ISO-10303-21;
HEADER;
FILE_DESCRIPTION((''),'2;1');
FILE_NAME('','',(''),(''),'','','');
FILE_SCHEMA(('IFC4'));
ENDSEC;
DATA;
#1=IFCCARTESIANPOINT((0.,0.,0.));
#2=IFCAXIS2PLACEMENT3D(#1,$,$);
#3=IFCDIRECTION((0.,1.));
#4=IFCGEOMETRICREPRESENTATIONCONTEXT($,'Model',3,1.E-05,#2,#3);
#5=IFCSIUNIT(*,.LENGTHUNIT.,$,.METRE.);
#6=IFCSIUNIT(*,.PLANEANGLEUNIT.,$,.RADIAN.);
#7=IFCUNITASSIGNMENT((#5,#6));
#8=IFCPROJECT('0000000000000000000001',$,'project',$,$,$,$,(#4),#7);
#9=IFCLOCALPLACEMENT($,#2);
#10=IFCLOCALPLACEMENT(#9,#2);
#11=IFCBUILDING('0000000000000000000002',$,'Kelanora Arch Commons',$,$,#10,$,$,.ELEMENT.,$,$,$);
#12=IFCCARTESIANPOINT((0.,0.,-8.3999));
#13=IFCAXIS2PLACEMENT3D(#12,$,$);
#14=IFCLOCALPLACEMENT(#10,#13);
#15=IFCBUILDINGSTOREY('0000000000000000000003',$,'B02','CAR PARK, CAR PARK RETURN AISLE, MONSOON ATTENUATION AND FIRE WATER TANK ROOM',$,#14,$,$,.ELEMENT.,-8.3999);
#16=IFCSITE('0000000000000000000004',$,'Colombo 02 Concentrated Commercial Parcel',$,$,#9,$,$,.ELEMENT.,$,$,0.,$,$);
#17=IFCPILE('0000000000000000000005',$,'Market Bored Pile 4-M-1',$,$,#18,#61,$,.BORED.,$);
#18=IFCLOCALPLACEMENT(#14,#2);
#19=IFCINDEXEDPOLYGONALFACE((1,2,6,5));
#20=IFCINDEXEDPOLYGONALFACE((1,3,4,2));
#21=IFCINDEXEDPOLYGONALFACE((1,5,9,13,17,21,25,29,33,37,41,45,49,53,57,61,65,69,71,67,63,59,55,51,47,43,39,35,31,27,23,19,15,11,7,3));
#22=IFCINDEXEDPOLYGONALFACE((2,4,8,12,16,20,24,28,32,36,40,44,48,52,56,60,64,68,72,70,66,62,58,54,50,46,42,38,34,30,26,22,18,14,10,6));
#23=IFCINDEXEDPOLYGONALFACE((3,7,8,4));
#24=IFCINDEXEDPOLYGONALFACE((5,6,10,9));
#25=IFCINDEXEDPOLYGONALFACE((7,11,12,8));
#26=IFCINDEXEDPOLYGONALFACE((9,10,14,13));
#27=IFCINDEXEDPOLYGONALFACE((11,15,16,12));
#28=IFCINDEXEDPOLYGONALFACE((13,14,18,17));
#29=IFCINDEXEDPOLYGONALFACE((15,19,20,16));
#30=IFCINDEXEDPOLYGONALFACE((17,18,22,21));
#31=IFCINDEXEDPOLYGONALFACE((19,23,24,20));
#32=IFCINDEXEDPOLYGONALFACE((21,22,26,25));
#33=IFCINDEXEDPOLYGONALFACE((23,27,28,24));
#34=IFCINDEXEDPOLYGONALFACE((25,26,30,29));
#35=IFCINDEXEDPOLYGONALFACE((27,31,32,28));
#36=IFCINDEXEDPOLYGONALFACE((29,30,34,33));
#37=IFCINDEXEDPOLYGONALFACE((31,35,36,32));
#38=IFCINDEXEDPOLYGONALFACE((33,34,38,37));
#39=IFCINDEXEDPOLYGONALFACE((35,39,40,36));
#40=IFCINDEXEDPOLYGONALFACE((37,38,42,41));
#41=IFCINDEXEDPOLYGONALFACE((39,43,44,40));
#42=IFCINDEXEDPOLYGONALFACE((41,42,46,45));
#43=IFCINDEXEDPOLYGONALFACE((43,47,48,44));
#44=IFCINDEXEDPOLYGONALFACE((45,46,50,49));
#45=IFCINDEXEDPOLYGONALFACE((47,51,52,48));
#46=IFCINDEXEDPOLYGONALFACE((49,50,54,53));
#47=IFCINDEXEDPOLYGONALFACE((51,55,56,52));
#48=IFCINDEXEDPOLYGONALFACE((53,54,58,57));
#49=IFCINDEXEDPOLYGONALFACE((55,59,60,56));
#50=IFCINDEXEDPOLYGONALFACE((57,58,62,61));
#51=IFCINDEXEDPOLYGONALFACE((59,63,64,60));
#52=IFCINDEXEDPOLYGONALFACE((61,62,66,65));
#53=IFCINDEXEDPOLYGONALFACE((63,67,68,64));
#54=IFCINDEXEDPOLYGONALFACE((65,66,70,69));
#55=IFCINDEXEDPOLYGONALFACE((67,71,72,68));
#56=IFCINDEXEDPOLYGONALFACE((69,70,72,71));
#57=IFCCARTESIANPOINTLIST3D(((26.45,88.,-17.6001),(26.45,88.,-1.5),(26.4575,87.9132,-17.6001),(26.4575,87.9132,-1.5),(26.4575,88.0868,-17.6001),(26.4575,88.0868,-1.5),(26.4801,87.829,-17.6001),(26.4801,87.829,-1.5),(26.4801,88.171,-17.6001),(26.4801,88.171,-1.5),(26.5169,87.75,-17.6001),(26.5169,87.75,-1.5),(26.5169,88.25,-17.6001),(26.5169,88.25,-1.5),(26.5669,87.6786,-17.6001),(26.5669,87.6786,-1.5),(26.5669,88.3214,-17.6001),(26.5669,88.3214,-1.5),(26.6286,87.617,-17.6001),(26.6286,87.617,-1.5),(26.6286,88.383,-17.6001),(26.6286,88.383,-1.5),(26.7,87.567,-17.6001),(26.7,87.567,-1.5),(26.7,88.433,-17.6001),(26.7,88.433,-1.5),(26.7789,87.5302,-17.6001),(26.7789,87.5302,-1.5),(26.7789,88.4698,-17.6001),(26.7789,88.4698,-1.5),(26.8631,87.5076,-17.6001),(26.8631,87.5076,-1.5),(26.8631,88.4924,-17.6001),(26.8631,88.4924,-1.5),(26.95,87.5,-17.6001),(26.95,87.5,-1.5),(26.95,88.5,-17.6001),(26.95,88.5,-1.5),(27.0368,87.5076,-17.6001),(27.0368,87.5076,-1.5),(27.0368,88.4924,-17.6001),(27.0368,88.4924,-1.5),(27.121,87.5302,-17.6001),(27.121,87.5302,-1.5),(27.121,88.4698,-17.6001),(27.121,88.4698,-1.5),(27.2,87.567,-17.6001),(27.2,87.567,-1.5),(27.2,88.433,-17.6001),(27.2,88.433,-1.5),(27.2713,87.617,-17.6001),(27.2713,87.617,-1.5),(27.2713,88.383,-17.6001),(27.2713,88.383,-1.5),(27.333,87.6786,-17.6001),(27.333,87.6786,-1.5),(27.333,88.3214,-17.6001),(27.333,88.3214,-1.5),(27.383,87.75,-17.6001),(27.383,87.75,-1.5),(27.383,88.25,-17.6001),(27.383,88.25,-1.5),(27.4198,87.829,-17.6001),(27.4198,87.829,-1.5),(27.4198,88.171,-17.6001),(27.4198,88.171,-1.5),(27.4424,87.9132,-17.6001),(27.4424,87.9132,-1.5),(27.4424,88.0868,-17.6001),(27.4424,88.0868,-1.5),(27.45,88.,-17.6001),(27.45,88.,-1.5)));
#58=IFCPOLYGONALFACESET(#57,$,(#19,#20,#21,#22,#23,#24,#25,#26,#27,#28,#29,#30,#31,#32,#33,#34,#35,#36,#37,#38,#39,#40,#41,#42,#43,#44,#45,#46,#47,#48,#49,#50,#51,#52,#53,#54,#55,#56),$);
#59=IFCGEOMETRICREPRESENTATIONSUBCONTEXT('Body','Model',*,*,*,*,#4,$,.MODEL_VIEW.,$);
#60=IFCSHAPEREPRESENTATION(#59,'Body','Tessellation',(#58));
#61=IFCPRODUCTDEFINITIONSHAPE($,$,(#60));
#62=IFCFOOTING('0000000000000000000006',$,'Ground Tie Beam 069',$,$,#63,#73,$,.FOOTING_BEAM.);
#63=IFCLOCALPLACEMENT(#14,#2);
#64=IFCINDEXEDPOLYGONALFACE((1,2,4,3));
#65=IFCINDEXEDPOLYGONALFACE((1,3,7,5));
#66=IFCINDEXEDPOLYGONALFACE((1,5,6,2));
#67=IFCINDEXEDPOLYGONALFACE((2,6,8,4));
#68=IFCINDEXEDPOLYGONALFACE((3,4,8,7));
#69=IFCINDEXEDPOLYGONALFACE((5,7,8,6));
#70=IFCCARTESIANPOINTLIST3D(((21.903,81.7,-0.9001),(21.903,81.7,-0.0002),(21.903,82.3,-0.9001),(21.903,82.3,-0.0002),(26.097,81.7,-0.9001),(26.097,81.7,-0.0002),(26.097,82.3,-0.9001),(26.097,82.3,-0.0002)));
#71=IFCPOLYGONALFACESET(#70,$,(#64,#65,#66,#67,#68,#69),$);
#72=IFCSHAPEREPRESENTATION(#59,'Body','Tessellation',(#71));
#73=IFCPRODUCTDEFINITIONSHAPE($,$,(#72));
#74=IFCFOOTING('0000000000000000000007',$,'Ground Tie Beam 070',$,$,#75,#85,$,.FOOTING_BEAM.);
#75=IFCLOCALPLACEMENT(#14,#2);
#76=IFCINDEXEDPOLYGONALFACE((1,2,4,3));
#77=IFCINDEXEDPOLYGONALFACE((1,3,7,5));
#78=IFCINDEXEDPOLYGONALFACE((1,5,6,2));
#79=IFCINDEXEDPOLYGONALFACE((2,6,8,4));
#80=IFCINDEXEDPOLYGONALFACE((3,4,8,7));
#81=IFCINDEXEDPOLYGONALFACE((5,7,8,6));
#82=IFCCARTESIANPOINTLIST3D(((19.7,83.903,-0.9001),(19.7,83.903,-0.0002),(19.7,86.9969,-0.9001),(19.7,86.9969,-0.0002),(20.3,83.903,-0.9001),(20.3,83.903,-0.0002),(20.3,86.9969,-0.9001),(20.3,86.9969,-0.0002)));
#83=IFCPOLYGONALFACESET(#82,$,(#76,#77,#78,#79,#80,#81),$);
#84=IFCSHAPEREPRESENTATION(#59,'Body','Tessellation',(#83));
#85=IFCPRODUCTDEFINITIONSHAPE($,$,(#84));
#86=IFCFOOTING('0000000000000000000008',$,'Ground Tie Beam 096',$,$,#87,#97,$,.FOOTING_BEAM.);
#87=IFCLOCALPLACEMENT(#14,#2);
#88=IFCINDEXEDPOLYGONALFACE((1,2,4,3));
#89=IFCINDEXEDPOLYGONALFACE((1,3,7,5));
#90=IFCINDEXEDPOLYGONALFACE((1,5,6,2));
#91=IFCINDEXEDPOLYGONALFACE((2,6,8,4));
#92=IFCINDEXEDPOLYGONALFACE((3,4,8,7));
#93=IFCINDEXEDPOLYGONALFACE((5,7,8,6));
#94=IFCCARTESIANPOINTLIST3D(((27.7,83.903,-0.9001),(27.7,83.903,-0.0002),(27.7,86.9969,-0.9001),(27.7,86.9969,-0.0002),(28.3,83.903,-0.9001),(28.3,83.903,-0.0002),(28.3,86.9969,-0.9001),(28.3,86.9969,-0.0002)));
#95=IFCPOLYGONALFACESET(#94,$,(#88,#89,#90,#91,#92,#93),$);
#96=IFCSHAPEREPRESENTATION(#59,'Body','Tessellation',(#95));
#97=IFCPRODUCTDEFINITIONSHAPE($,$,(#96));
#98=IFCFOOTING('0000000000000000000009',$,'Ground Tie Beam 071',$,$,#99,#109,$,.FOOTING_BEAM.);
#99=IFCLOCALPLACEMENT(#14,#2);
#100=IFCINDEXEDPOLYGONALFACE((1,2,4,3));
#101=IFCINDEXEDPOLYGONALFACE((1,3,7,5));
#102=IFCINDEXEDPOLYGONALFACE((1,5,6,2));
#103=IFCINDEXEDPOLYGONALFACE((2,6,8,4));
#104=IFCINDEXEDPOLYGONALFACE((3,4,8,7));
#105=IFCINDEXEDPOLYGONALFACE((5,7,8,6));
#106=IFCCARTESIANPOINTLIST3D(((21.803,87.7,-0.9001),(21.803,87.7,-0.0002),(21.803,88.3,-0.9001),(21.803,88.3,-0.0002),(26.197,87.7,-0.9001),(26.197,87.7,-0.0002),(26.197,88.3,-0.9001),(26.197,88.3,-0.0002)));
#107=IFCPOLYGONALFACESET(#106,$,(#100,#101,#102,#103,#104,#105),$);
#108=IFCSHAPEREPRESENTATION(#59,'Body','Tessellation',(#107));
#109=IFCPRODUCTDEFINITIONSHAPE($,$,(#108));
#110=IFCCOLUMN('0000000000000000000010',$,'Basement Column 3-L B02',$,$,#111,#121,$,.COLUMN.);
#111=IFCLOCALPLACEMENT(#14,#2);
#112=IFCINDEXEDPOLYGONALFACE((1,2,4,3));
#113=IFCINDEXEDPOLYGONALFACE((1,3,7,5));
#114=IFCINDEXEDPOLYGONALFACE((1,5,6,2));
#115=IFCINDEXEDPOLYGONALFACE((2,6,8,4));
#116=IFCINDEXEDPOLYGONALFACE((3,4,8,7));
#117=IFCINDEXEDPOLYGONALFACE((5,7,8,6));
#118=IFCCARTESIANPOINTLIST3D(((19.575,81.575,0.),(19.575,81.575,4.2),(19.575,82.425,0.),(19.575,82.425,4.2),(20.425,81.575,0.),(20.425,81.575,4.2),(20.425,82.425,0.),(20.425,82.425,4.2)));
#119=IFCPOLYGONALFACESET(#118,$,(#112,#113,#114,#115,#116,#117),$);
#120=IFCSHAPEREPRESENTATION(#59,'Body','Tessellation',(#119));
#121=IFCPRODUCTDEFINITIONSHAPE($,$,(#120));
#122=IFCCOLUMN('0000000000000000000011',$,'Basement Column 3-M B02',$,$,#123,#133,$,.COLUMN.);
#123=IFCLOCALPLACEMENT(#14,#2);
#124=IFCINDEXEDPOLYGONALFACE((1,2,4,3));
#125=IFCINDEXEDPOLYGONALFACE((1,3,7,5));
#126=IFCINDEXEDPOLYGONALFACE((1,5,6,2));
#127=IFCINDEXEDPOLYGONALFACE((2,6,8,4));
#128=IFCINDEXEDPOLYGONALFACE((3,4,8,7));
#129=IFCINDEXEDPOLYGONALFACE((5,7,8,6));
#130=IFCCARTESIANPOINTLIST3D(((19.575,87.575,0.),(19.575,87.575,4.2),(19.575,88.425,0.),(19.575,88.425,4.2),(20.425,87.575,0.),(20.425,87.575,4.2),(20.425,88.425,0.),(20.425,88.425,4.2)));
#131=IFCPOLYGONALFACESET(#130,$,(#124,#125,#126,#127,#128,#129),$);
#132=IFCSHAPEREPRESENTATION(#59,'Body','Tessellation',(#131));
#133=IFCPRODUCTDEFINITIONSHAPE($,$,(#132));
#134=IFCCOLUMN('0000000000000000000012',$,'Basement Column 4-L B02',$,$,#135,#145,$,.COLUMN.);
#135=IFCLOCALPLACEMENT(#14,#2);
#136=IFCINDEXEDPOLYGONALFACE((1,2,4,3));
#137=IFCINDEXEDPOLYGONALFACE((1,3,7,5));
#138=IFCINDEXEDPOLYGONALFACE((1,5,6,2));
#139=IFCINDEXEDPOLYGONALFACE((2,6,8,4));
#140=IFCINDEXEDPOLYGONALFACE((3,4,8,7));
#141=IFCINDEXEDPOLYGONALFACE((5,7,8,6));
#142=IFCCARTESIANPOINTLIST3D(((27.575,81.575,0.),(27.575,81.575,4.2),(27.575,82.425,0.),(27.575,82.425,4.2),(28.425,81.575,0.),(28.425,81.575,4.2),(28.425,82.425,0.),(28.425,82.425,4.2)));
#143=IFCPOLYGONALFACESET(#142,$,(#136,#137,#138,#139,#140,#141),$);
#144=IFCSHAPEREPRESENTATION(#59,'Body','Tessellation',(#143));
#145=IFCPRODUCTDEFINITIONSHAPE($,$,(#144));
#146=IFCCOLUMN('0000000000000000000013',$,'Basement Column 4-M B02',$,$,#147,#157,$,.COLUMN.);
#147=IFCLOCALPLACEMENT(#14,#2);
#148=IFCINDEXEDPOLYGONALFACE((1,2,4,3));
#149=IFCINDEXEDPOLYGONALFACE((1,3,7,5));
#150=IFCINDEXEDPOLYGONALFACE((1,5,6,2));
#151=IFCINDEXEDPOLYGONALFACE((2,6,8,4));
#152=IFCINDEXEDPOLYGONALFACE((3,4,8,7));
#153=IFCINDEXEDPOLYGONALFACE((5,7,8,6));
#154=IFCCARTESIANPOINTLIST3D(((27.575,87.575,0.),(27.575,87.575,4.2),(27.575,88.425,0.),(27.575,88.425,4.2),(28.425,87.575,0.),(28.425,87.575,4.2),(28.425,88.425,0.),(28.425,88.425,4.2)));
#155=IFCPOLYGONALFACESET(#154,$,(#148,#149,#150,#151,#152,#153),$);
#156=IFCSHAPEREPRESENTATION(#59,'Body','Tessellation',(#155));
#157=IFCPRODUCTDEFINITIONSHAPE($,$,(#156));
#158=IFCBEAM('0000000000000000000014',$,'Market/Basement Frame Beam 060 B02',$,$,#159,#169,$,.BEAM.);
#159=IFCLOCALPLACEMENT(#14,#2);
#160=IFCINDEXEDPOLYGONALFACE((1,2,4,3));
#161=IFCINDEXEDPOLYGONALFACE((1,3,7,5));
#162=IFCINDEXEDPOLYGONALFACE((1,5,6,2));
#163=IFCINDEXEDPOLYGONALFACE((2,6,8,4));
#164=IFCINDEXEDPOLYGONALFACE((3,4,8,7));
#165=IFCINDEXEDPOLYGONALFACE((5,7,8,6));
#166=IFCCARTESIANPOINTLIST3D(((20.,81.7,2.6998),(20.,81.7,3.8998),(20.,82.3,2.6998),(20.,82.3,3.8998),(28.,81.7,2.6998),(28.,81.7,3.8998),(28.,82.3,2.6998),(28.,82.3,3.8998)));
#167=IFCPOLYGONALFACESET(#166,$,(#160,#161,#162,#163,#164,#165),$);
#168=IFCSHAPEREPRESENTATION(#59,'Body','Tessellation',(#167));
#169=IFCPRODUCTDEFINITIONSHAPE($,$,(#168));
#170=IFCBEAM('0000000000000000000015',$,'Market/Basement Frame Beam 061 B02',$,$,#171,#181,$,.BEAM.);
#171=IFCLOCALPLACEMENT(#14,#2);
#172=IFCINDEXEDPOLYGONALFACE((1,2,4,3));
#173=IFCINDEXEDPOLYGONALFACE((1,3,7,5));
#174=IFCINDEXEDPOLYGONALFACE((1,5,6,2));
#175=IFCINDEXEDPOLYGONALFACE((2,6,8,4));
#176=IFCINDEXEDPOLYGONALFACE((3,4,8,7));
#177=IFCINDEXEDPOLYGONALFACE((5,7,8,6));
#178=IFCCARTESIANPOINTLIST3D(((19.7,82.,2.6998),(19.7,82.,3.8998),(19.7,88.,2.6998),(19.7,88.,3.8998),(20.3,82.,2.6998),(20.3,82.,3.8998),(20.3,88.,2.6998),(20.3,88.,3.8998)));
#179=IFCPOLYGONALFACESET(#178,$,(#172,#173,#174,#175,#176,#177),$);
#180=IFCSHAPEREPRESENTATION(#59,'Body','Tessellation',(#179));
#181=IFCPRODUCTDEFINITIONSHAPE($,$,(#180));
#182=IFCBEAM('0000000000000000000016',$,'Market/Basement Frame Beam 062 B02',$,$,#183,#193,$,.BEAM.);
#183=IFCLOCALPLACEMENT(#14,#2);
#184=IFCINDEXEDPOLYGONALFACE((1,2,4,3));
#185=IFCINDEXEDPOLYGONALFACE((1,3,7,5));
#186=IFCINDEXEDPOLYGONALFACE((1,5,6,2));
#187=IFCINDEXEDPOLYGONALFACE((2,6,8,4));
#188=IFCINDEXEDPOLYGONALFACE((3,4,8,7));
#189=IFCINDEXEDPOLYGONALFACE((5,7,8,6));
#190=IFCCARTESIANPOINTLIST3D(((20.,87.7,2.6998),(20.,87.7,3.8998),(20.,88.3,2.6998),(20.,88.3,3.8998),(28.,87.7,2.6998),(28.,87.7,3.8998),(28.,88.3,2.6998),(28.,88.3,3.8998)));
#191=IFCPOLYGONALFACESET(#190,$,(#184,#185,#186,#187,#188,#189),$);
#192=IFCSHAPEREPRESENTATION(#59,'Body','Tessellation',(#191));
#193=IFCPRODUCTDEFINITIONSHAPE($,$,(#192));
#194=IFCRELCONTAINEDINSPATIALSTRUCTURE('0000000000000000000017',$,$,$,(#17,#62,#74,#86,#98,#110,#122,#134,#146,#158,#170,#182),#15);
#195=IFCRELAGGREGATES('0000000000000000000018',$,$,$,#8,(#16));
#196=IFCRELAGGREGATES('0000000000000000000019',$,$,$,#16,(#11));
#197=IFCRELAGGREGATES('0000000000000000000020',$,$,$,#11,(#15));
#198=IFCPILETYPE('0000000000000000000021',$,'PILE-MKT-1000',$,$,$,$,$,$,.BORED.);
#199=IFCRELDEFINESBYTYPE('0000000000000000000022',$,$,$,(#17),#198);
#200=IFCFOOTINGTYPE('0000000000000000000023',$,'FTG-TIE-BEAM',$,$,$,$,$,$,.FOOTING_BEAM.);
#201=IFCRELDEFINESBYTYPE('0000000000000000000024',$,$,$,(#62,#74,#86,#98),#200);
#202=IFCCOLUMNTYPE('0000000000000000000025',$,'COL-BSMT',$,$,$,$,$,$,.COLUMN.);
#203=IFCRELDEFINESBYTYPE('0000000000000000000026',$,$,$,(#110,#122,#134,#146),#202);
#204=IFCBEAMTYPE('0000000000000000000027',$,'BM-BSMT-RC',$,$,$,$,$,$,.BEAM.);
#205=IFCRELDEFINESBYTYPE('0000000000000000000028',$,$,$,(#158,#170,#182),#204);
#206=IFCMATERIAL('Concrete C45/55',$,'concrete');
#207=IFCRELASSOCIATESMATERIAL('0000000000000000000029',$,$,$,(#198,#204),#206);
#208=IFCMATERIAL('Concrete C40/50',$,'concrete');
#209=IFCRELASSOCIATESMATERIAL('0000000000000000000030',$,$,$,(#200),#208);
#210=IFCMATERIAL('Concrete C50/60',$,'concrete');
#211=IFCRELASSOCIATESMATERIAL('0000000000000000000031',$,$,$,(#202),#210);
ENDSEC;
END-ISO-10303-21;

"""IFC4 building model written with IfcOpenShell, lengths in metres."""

from ifc_helpers import new_model, si_unit, direction, frame, origin, origin_2d, place, context, subcontext, project, spatial, rectangle, circle, extrude, source, transform, mapped, material, material_profile, profile_set, type_object, element, save


model = new_model("IFC4")

# Units and contexts
model_context = context("Model", 3, precision=1e-05, world=origin(), true_north=direction((0.0, 1.0)))
body_context = subcontext(model_context, "Body", "Model", "MODEL_VIEW")
ifc_project = project(units=[si_unit("LENGTHUNIT", "METRE"), si_unit("PLANEANGLEUNIT", "RADIAN")], contexts=[model_context])

# Site, building, storey
site_placement = place(None, origin())
site = spatial("IfcSite", under=ifc_project, at=site_placement, Name="Colombo 02 Concentrated Commercial Parcel", CompositionType="ELEMENT", RefElevation=0.0)
building_placement = place(site_placement, origin())
building = spatial("IfcBuilding", under=site, at=building_placement, Name="Kelanora Arch Commons", CompositionType="ELEMENT")
storey_placement = place(building_placement, frame((0.0, 0.0, -8.3999)))
storey = spatial("IfcBuildingStorey", under=building, at=storey_placement, Name="B02", Description="CAR PARK, CAR PARK RETURN AISLE, MONSOON ATTENUATION AND FIRE WATER TANK ROOM", CompositionType="ELEMENT", Elevation=-8.3999)

# Shared definitions
ifc_material_1 = material(Name="Concrete C40/50", Category="concrete")

# Shared definitions
ifc_material_2 = material(Name="Concrete C45/55", Category="concrete")
ifc_material_profile_1 = material_profile(ifc_material_2, circle(Radius=0.5, at=origin_2d()), Name="PILE1000")
ifc_profile_set_1 = profile_set([ifc_material_profile_1], Name="Concrete C45/55")
pile_type = type_object("IfcPileType", Name="PILE-MKT-1000", PredefinedType="BORED", material=ifc_profile_set_1)

# Pile
shared_shape_1 = source(origin(), body_context, "Body", "SweptSolid", [
    extrude(circle(Radius=0.5, at=origin_2d()), origin(), (0.0, 0.0, 1.0), 16.1001),
])
for number, where, z_axis, x_axis, name in (
    (1, (26.95, 88.0, -1.5), (0.0, 0.0, -1.0), (1.0, 0.0, 0.0), "Market Bored Pile 4-M-1"),
):
    element("IfcPile", number, at=place(storey_placement, frame(where, z_axis=z_axis, x_axis=x_axis)), inside=storey, type_object=pile_type, Name=name, PredefinedType="BORED", context=body_context, shape_type="MappedRepresentation", body=[
        mapped(shared_shape_1, transform((0.0, 0.0, 0.0), scale=1.0)),
    ])

# Footings
footing_type_1 = type_object("IfcFootingType", Name="FTG-TIE-BEAM", PredefinedType="FOOTING_BEAM", material=ifc_material_1)
shared_shape_2 = source(origin(), body_context, "Body", "SweptSolid", [
    extrude(rectangle(XDim=4.1941, YDim=0.6001, at=origin_2d()), origin(), (0.0, 0.0, 1.0), 0.8999),
])
footing_1_placement = place(storey_placement, frame((24.0, 82.0, -0.9001), z_axis=(0.0, 0.0, 1.0), x_axis=(1.0, 0.0, 0.0)))
element("IfcFooting", 2, at=footing_1_placement, inside=storey, type_object=footing_type_1, Name="Ground Tie Beam 069", PredefinedType="FOOTING_BEAM", context=body_context, shape_type="MappedRepresentation", body=[
    mapped(shared_shape_2, transform((0.0, 0.0, 0.0), scale=1.0)),
])
shared_shape_3 = source(origin(), body_context, "Body", "SweptSolid", [
    extrude(rectangle(XDim=3.094, YDim=0.6001, at=origin_2d()), origin(), (0.0, 0.0, 1.0), 0.8999),
])
for number, where, z_axis, x_axis, name in (
    (3, (20.0, 85.45, -0.9001), (0.0, 0.0, 1.0), (0.0, 1.0, 0.0), "Ground Tie Beam 070"),
    (4, (28.0, 85.45, -0.9001), (0.0, 0.0, 1.0), (0.0, 1.0, 0.0), "Ground Tie Beam 096"),
):
    element("IfcFooting", number, at=place(storey_placement, frame(where, z_axis=z_axis, x_axis=x_axis)), inside=storey, type_object=footing_type_1, Name=name, PredefinedType="FOOTING_BEAM", context=body_context, shape_type="MappedRepresentation", body=[
        mapped(shared_shape_3, transform((0.0, 0.0, 0.0), scale=1.0)),
    ])
shared_shape_4 = source(origin(), body_context, "Body", "SweptSolid", [
    extrude(rectangle(XDim=4.394, YDim=0.6001, at=origin_2d()), origin(), (0.0, 0.0, 1.0), 0.8999),
])
footing_2_placement = place(storey_placement, frame((24.0, 88.0, -0.9001), z_axis=(0.0, 0.0, 1.0), x_axis=(1.0, 0.0, 0.0)))
element("IfcFooting", 5, at=footing_2_placement, inside=storey, type_object=footing_type_1, Name="Ground Tie Beam 071", PredefinedType="FOOTING_BEAM", context=body_context, shape_type="MappedRepresentation", body=[
    mapped(shared_shape_4, transform((0.0, 0.0, 0.0), scale=1.0)),
])

# Columns
ifc_material_3 = material(Name="Concrete C50/60", Category="concrete")
ifc_material_profile_2 = material_profile(ifc_material_3, rectangle(XDim=0.8501, YDim=0.8501, at=origin_2d()), Name="RC850x850")
ifc_profile_set_2 = profile_set([ifc_material_profile_2], Name="Concrete C50/60")
column_type = type_object("IfcColumnType", Name="COL-BSMT", PredefinedType="COLUMN", material=ifc_profile_set_2)
for number, where, z_axis, x_axis, name in (
    (6, (20.0, 82.0, 0.0), (0.0, 0.0, 1.0), (1.0, 0.0, 0.0), "Basement Column 3-L B02"),
    (7, (20.0, 88.0, 0.0), (0.0, 0.0, 1.0), (1.0, 0.0, 0.0), "Basement Column 3-M B02"),
    (8, (28.0, 82.0, 0.0), (0.0, 0.0, 1.0), (1.0, 0.0, 0.0), "Basement Column 4-L B02"),
    (9, (28.0, 88.0, 0.0), (0.0, 0.0, 1.0), (1.0, 0.0, 0.0), "Basement Column 4-M B02"),
):
    element("IfcColumn", number, at=place(storey_placement, frame(where, z_axis=z_axis, x_axis=x_axis)), inside=storey, type_object=column_type, Name=name, PredefinedType="COLUMN", context=body_context, shape_type="SweptSolid", body=[
        extrude(rectangle(XDim=0.8501, YDim=0.8501, at=origin_2d()), origin(), (0.0, 0.0, 1.0), 4.2),
    ])

# Beams
ifc_material_profile_3 = material_profile(ifc_material_2, rectangle(XDim=0.6001, YDim=1.2, at=origin_2d()), Name="RCB600x1200")
ifc_profile_set_3 = profile_set([ifc_material_profile_3], Name="Concrete C45/55")
beam_type = type_object("IfcBeamType", Name="BM-BSMT-RC", PredefinedType="BEAM", material=ifc_profile_set_3)
beam_1_placement = place(storey_placement, frame((20.0, 82.0, 3.2998), z_axis=(1.0, 0.0, 0.0), x_axis=(0.0, 1.0, 0.0)))
element("IfcBeam", 10, at=beam_1_placement, inside=storey, type_object=beam_type, Name="Market/Basement Frame Beam 060 B02", PredefinedType="BEAM", context=body_context, shape_type="SweptSolid", body=[
    extrude(rectangle(XDim=0.6001, YDim=1.2, at=origin_2d()), origin(), (0.0, 0.0, 1.0), 8.0),
])
beam_2_placement = place(storey_placement, frame((20.0, 82.0, 3.2998), z_axis=(0.0, 1.0, 0.0), x_axis=(-1.0, 0.0, 0.0)))
element("IfcBeam", 11, at=beam_2_placement, inside=storey, type_object=beam_type, Name="Market/Basement Frame Beam 061 B02", PredefinedType="BEAM", context=body_context, shape_type="SweptSolid", body=[
    extrude(rectangle(XDim=0.6001, YDim=1.2, at=origin_2d()), origin(), (0.0, 0.0, 1.0), 6.0),
])
for number, where, z_axis, x_axis, name in (
    (12, (20.0, 88.0, 3.2998), (1.0, 0.0, 0.0), (0.0, 1.0, 0.0), "Market/Basement Frame Beam 062 B02"),
):
    element("IfcBeam", number, at=place(storey_placement, frame(where, z_axis=z_axis, x_axis=x_axis)), inside=storey, type_object=beam_type, Name=name, PredefinedType="BEAM", context=body_context, shape_type="SweptSolid", body=[
        extrude(rectangle(XDim=0.6001, YDim=1.2, at=origin_2d()), origin(), (0.0, 0.0, 1.0), 8.0),
    ])

save(model, "model.ifc")
